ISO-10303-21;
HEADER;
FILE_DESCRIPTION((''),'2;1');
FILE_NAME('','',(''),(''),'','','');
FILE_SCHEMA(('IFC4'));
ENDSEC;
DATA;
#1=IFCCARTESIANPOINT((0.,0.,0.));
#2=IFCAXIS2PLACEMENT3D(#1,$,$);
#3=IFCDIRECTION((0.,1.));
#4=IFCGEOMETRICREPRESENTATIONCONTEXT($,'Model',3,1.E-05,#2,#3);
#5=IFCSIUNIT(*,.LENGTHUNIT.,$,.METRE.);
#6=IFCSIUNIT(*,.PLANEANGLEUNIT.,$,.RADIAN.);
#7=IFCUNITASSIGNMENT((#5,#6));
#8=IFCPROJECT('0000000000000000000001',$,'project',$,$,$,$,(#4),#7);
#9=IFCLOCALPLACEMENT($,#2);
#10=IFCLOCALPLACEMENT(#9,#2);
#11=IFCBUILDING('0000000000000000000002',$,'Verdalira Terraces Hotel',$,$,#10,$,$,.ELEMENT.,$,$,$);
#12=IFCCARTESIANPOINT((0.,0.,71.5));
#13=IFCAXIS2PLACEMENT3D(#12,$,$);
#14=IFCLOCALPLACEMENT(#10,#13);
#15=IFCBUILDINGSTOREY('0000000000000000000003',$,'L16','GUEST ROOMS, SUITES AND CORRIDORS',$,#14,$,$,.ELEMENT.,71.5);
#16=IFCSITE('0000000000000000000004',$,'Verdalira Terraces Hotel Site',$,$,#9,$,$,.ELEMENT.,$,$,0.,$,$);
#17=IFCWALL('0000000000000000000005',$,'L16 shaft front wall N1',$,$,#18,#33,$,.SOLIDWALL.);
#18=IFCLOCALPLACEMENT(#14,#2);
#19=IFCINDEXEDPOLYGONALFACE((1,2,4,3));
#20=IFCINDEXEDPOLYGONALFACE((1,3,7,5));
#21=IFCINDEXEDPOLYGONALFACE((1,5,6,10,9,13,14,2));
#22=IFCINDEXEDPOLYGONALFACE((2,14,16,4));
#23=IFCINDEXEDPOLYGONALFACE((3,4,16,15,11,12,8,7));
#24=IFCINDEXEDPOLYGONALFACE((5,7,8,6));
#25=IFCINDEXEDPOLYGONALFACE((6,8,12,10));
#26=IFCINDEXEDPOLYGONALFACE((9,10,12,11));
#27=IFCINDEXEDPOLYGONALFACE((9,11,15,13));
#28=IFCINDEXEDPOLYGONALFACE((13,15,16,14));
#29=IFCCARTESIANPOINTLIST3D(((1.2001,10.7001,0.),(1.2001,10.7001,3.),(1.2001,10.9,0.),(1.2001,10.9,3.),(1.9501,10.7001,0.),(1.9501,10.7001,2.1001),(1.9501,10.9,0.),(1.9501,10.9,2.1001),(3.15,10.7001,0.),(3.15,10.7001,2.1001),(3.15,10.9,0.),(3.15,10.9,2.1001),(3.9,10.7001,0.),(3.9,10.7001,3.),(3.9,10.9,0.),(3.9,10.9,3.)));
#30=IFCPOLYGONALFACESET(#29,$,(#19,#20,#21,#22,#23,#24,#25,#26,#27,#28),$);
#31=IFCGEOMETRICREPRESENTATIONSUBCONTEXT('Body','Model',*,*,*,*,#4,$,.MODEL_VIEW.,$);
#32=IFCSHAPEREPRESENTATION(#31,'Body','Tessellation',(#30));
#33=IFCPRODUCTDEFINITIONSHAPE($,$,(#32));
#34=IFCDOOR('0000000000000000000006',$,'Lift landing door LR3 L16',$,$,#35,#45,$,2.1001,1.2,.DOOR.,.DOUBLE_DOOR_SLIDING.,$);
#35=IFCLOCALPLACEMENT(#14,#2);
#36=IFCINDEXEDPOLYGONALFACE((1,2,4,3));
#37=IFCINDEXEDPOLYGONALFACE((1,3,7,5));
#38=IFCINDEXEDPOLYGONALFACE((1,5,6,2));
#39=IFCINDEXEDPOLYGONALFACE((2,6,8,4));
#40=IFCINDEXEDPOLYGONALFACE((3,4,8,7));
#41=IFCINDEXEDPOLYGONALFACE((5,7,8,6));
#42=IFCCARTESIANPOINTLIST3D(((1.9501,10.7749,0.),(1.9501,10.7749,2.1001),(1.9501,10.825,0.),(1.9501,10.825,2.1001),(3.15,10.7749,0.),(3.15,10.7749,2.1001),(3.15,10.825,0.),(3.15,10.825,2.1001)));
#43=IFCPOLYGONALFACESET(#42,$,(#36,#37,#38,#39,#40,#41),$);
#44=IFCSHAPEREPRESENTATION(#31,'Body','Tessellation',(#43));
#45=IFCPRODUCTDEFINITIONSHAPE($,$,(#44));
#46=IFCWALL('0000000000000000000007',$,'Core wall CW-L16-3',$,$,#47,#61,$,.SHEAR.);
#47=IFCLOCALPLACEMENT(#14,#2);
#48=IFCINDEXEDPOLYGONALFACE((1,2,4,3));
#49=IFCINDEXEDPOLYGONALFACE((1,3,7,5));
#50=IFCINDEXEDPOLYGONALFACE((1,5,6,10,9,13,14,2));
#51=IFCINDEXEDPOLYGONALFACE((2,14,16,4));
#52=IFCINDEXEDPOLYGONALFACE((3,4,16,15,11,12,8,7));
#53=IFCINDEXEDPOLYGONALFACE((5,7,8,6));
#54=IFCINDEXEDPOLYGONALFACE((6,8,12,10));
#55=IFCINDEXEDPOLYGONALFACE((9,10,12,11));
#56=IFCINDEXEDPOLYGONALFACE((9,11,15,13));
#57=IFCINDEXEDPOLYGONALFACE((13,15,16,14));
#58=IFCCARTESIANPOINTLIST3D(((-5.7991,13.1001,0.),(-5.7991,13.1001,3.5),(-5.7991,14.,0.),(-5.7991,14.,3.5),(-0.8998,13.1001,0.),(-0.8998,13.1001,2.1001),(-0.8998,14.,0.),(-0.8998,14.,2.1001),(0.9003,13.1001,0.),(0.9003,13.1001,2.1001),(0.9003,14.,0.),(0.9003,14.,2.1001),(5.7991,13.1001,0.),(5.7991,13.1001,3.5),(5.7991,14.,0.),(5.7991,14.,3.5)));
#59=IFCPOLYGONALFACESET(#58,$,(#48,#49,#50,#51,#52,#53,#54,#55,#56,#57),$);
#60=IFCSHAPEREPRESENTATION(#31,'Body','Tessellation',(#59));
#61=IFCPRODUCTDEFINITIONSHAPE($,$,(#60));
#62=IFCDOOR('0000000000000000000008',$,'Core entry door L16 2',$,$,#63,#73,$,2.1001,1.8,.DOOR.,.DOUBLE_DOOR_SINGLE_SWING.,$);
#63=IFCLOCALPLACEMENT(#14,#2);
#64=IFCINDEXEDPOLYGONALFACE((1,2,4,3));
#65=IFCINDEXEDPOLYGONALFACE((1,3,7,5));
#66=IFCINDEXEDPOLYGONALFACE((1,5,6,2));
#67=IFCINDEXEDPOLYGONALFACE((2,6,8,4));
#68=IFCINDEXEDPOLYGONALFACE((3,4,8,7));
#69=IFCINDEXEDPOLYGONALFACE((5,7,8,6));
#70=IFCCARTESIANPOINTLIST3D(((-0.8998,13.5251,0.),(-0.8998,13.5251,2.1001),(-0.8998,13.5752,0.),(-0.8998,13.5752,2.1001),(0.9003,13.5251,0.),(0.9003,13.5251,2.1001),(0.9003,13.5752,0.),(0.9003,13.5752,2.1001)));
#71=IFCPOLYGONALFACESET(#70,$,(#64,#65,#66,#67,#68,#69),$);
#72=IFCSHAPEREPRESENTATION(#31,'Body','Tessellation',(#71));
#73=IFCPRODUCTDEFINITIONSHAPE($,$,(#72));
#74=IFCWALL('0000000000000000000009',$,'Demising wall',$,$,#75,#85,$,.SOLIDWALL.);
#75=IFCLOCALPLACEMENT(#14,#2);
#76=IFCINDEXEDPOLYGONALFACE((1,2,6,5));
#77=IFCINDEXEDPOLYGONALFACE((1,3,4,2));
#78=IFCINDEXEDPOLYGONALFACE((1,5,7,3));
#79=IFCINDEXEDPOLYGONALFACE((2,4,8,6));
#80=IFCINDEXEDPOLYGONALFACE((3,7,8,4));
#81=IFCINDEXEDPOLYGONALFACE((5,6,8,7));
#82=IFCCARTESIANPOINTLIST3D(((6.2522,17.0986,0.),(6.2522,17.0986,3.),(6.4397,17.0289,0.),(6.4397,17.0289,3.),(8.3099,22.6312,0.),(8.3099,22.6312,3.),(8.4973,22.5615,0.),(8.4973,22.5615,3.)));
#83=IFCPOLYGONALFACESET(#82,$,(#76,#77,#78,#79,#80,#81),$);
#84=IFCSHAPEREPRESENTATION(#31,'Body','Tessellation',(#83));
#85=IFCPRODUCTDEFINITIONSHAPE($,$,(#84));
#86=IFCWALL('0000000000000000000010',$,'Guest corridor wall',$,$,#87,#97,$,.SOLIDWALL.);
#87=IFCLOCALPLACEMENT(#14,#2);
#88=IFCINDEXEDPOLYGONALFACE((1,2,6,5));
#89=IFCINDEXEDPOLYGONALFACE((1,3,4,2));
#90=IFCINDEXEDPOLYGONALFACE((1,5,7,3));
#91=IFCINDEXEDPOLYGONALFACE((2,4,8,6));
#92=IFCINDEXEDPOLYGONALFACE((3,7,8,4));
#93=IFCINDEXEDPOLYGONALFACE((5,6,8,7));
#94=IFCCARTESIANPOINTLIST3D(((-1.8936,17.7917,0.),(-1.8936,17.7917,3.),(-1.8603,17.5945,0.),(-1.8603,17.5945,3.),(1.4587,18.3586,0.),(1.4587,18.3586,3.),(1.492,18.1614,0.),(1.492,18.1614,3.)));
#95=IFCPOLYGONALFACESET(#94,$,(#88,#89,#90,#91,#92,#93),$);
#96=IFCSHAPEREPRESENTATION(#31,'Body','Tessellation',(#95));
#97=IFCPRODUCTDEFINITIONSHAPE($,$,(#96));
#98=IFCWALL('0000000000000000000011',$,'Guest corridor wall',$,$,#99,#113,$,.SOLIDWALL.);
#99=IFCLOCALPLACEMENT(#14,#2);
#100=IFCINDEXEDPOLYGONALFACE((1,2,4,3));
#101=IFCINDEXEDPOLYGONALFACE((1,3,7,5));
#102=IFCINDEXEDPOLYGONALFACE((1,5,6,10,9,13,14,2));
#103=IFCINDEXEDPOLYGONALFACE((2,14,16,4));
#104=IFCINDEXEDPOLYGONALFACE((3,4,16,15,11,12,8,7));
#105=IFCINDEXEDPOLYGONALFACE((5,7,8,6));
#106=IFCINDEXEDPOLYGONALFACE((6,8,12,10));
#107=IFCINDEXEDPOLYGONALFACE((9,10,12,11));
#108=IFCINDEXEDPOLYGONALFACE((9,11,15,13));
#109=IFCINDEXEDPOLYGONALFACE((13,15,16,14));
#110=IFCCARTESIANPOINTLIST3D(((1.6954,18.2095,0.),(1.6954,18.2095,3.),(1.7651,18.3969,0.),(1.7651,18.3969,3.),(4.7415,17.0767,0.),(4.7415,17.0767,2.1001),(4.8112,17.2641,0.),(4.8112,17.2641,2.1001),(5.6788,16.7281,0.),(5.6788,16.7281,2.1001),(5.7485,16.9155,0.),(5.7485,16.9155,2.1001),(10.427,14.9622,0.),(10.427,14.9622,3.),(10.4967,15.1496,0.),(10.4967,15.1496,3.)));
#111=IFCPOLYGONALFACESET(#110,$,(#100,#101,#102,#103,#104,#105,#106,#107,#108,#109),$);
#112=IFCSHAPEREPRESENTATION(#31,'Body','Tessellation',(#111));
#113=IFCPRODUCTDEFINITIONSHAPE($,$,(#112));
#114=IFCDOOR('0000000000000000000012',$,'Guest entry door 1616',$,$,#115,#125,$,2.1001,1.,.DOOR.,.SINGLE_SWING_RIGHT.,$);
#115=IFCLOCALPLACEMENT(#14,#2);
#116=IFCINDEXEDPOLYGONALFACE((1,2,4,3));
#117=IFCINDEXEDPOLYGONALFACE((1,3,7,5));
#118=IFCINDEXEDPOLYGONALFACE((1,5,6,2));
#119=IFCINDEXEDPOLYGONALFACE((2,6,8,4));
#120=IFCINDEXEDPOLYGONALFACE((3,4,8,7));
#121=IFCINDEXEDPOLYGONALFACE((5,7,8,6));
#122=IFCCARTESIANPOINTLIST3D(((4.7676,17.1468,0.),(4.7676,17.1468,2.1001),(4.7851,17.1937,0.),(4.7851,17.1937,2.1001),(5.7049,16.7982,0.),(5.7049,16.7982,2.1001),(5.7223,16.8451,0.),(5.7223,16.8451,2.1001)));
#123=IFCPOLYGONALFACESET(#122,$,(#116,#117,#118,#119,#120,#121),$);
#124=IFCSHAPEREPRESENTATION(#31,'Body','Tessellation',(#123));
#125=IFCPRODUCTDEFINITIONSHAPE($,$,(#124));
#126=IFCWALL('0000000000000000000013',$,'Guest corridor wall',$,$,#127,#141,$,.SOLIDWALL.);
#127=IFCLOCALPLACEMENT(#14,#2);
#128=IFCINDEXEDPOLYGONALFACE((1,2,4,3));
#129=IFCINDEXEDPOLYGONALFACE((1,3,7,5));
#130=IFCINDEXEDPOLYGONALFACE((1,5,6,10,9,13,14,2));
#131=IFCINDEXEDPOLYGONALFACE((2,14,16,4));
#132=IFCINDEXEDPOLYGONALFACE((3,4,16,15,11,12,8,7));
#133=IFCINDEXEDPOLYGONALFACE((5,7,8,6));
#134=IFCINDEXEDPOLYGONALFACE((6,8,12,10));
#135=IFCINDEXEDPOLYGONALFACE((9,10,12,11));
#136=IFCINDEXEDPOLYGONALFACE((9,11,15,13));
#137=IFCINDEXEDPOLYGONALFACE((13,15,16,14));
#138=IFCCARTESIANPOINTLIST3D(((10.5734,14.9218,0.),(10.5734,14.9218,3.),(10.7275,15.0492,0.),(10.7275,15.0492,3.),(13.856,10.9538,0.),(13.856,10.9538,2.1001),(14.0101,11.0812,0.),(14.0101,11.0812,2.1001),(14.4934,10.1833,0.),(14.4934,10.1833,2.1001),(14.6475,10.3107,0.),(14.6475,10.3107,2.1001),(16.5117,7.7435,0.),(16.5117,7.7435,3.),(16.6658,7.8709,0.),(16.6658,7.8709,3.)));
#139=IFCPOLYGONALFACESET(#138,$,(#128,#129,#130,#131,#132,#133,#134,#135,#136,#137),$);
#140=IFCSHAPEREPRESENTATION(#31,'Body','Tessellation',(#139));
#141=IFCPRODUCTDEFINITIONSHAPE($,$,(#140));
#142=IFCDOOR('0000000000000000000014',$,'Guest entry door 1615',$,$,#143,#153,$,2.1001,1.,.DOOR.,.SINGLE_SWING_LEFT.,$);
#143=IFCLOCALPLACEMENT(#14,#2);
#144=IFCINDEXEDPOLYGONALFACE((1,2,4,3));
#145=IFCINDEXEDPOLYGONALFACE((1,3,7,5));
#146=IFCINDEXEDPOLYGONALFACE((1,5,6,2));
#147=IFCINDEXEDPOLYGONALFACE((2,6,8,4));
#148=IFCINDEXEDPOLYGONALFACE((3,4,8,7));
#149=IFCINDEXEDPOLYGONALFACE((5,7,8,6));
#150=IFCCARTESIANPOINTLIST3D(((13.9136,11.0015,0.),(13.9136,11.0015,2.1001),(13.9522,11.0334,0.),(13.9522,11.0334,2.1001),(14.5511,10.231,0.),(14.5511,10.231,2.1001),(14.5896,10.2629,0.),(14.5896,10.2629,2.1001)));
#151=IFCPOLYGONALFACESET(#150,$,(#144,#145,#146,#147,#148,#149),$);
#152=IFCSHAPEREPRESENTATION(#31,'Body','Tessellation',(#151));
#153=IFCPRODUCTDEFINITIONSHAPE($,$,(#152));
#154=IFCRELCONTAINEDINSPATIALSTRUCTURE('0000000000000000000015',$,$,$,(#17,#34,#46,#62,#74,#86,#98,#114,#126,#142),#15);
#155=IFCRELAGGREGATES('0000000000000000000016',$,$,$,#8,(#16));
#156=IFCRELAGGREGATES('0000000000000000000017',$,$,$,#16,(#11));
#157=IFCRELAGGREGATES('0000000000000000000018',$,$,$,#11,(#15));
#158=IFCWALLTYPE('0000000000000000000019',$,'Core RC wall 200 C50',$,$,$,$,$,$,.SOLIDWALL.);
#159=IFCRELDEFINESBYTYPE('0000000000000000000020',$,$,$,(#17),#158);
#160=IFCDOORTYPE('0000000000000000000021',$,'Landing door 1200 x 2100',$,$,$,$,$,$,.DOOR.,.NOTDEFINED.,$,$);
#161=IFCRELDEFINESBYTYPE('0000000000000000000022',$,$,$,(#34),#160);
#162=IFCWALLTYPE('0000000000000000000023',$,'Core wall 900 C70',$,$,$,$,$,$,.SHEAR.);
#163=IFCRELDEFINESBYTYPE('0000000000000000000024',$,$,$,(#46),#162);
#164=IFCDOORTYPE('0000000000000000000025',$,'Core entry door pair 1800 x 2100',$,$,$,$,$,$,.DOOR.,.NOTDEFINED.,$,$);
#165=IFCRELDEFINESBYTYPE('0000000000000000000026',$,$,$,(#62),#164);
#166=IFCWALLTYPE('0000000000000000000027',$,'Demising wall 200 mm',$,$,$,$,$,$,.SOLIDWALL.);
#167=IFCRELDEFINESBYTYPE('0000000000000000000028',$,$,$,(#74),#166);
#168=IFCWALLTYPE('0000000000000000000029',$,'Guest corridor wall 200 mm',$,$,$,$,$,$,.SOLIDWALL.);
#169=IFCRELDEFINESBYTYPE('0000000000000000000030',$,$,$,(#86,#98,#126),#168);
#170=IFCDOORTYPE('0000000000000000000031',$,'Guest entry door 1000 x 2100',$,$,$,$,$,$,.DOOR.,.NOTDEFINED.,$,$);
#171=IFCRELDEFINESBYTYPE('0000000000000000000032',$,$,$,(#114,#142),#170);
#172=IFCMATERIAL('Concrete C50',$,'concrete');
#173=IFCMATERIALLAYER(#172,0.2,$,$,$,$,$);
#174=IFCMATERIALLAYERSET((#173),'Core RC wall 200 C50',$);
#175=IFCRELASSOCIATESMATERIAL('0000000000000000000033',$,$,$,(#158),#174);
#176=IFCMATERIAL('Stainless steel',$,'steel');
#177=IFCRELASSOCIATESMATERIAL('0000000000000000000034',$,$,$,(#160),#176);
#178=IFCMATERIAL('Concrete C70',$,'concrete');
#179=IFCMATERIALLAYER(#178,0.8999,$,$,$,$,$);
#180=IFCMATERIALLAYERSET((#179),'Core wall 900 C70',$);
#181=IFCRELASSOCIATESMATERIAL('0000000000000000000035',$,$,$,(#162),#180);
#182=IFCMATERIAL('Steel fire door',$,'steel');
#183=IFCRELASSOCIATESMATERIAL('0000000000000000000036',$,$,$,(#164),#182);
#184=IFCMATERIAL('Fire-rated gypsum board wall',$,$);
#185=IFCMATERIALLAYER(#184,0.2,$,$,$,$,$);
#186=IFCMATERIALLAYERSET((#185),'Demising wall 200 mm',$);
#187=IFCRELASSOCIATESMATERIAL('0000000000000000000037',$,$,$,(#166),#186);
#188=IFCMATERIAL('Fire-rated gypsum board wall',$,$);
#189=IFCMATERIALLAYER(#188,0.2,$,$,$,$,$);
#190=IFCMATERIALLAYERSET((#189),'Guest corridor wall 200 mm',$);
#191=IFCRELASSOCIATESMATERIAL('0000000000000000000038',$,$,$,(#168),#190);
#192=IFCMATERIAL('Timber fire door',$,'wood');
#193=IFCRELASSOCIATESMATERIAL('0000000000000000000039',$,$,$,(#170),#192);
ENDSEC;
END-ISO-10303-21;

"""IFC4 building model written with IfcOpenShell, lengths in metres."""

from ifc_helpers import new_model, si_unit, direction, frame, frame_2d, origin, place, context, subcontext, project, spatial, rectangle, extrude, material, layer, layer_set, type_object, element, fill, save


model = new_model("IFC4")

# Units and contexts
model_context = context("Model", 3, precision=1e-05, world=origin(), true_north=direction((0.0, 1.0)))
body_context = subcontext(model_context, "Body", "Model", "MODEL_VIEW")
ifc_project = project(units=[si_unit("LENGTHUNIT", "METRE"), si_unit("PLANEANGLEUNIT", "RADIAN")], contexts=[model_context])

# Site, building, storey
site_placement = place(None, origin())
site = spatial("IfcSite", under=ifc_project, at=site_placement, Name="Verdalira Terraces Hotel Site", CompositionType="ELEMENT", RefElevation=0.0)
building_placement = place(site_placement, origin())
building = spatial("IfcBuilding", under=site, at=building_placement, Name="Verdalira Terraces Hotel", CompositionType="ELEMENT")
storey_placement = place(building_placement, frame((0.0, 0.0, 71.5)))
storey = spatial("IfcBuildingStorey", under=building, at=storey_placement, Name="L16", Description="GUEST ROOMS, SUITES AND CORRIDORS", CompositionType="ELEMENT", Elevation=71.5)

# Walls, openings, doors
ifc_material_1 = material(Name="Concrete C50", Category="concrete")
ifc_layer_1 = layer(ifc_material_1, 0.2)
ifc_layer_set_1 = layer_set([ifc_layer_1], Name="Core RC wall 200 C50")
wall_type_1 = type_object("IfcWallType", Name="Core RC wall 200 C50", PredefinedType="SOLIDWALL", material=ifc_layer_set_1)
wall_1_placement = place(storey_placement, frame((1.2, 10.8, 0.0), z_axis=(0.0, 0.0, 1.0), x_axis=(1.0, 0.0, 0.0)))
wall_1 = element("IfcWall", 1, at=wall_1_placement, inside=storey, type_object=wall_type_1, Name="L16 shaft front wall N1", PredefinedType="SOLIDWALL", context=body_context, shape_type="SweptSolid", body=[
    extrude(rectangle(XDim=2.7, YDim=0.2, at=frame_2d((1.3501, 0.0))), origin(), (0.0, 0.0, 1.0), 3.0),
])
opening_1_placement = place(wall_1_placement, frame((0.75, 0.0, 0.0)))
opening_1 = element("IfcOpeningElement", 2, at=opening_1_placement, cuts=wall_1, PredefinedType="OPENING", context=body_context, shape_type="SweptSolid", body=[
    extrude(rectangle(XDim=1.2, YDim=2.1001, at=frame_2d((0.6001, 1.05))), frame((0.0, 0.1099, 0.0), z_axis=(0.0, -1.0, 0.0), x_axis=(1.0, 0.0, 0.0)), (0.0, 0.0, 1.0), 0.22),
])
ifc_material_2 = material(Name="Stainless steel", Category="steel")
door_type_1 = type_object("IfcDoorType", Name="Landing door 1200 x 2100", OperationType="NOTDEFINED", PredefinedType="DOOR", material=ifc_material_2)
door_1_placement = place(opening_1_placement, origin())
door_1 = element("IfcDoor", 3, at=door_1_placement, inside=storey, type_object=door_type_1, Name="Lift landing door LR3 L16", OperationType="DOUBLE_DOOR_SLIDING", OverallHeight=2.1001, OverallWidth=1.2, PredefinedType="DOOR", context=body_context, shape_type="SweptSolid", body=[
    extrude(rectangle(XDim=1.2, YDim=2.1001, at=frame_2d((0.6001, 1.05))), frame((0.0, 0.0249, 0.0), z_axis=(0.0, -1.0, 0.0), x_axis=(1.0, 0.0, 0.0)), (0.0, 0.0, 1.0), 0.05),
])
fill(opening_1, door_1)
ifc_material_3 = material(Name="Concrete C70", Category="concrete")
ifc_layer_2 = layer(ifc_material_3, 0.8999)
ifc_layer_set_2 = layer_set([ifc_layer_2], Name="Core wall 900 C70")
wall_type_2 = type_object("IfcWallType", Name="Core wall 900 C70", PredefinedType="SHEAR", material=ifc_layer_set_2)
wall_2_placement = place(storey_placement, frame((5.7991, 13.55, 0.0), z_axis=(0.0, 0.0, 1.0), x_axis=(-1.0, 0.0, 0.0)))
wall_2 = element("IfcWall", 4, at=wall_2_placement, inside=storey, type_object=wall_type_2, Name="Core wall CW-L16-3", PredefinedType="SHEAR", context=body_context, shape_type="SweptSolid", body=[
    extrude(rectangle(XDim=11.5981, YDim=0.8999, at=frame_2d((5.7991, 0.0))), origin(), (0.0, 0.0, 1.0), 3.5),
])
opening_2_placement = place(wall_2_placement, frame((4.8989, 0.0, 0.0)))
opening_2 = element("IfcOpeningElement", 5, at=opening_2_placement, cuts=wall_2, PredefinedType="OPENING", context=body_context, shape_type="SweptSolid", body=[
    extrude(rectangle(XDim=1.8, YDim=2.1001, at=frame_2d((0.8999, 1.05))), frame((0.0, 0.46, 0.0), z_axis=(0.0, -1.0, 0.0), x_axis=(1.0, 0.0, 0.0)), (0.0, 0.0, 1.0), 0.9199),
])
ifc_material_4 = material(Name="Steel fire door", Category="steel")
door_type_2 = type_object("IfcDoorType", Name="Core entry door pair 1800 x 2100", OperationType="NOTDEFINED", PredefinedType="DOOR", material=ifc_material_4)
door_2_placement = place(opening_2_placement, origin())
door_2 = element("IfcDoor", 6, at=door_2_placement, inside=storey, type_object=door_type_2, Name="Core entry door L16 2", OperationType="DOUBLE_DOOR_SINGLE_SWING", OverallHeight=2.1001, OverallWidth=1.8, PredefinedType="DOOR", context=body_context, shape_type="SweptSolid", body=[
    extrude(rectangle(XDim=1.8, YDim=2.1001, at=frame_2d((0.8999, 1.05))), frame((0.0, 0.0249, 0.0), z_axis=(0.0, -1.0, 0.0), x_axis=(1.0, 0.0, 0.0)), (0.0, 0.0, 1.0), 0.05),
])
fill(opening_2, door_2)

# Walls
ifc_material_5 = material(Name="Fire-rated gypsum board wall")
ifc_layer_3 = layer(ifc_material_5, 0.2)
ifc_layer_set_3 = layer_set([ifc_layer_3], Name="Demising wall 200 mm")
wall_type_3 = type_object("IfcWallType", Name="Demising wall 200 mm", PredefinedType="SOLIDWALL", material=ifc_layer_set_3)
wall_3_placement = place(storey_placement, frame((6.3459, 17.0637, 0.0), z_axis=(0.0, 0.0, 1.0), x_axis=(0.348588, 0.937276, 0.0)))
element("IfcWall", 7, at=wall_3_placement, inside=storey, type_object=wall_type_3, Name="Demising wall", PredefinedType="SOLIDWALL", context=body_context, shape_type="SweptSolid", body=[
    extrude(rectangle(XDim=5.9028, YDim=0.2, at=frame_2d((2.9514, 0.0))), origin(), (0.0, 0.0, 1.0), 3.0),
])
ifc_material_6 = material(Name="Fire-rated gypsum board wall")
ifc_layer_4 = layer(ifc_material_6, 0.2)
ifc_layer_set_4 = layer_set([ifc_layer_4], Name="Guest corridor wall 200 mm")
wall_type_4 = type_object("IfcWallType", Name="Guest corridor wall 200 mm", PredefinedType="SOLIDWALL", material=ifc_layer_set_4)
wall_4_placement = place(storey_placement, frame((1.4753, 18.26, 0.0), z_axis=(0.0, 0.0, 1.0), x_axis=(-0.986001, -0.166739, 0.0)))
element("IfcWall", 8, at=wall_4_placement, inside=storey, type_object=wall_type_4, Name="Guest corridor wall", PredefinedType="SOLIDWALL", context=body_context, shape_type="SweptSolid", body=[
    extrude(rectangle(XDim=3.3999, YDim=0.2, at=frame_2d((1.7, 0.0))), origin(), (0.0, 0.0, 1.0), 3.0),
])

# Walls, openings, doors
wall_5_placement = place(storey_placement, frame((1.7302, 18.3032, 0.0), z_axis=(0.0, 0.0, 1.0), x_axis=(0.937281, -0.348575, 0.0)))
wall_5 = element("IfcWall", 9, at=wall_5_placement, inside=storey, type_object=wall_type_4, Name="Guest corridor wall", PredefinedType="SOLIDWALL", context=body_context, shape_type="SweptSolid", body=[
    extrude(rectangle(XDim=9.3159, YDim=0.2, at=frame_2d((4.658, 0.0))), origin(), (0.0, 0.0, 1.0), 3.0),
])
opening_3_placement = place(wall_5_placement, frame((3.25, 0.0, 0.0)))
opening_3 = element("IfcOpeningElement", 10, at=opening_3_placement, cuts=wall_5, PredefinedType="OPENING", context=body_context, shape_type="SweptSolid", body=[
    extrude(rectangle(XDim=1.0, YDim=2.1001, at=frame_2d((0.5, 1.05))), frame((0.0, 0.1099, 0.0), z_axis=(0.0, -1.0, 0.0), x_axis=(1.0, 0.0, 0.0)), (0.0, 0.0, 1.0), 0.22),
])
ifc_material_7 = material(Name="Timber fire door", Category="wood")
door_type_3 = type_object("IfcDoorType", Name="Guest entry door 1000 x 2100", OperationType="NOTDEFINED", PredefinedType="DOOR", material=ifc_material_7)
door_3_placement = place(opening_3_placement, origin())
door_3 = element("IfcDoor", 11, at=door_3_placement, inside=storey, type_object=door_type_3, Name="Guest entry door 1616", OperationType="SINGLE_SWING_RIGHT", OverallHeight=2.1001, OverallWidth=1.0, PredefinedType="DOOR", context=body_context, shape_type="SweptSolid", body=[
    extrude(rectangle(XDim=1.0, YDim=2.1001, at=frame_2d((0.5, 1.05))), frame((0.0, 0.0249, 0.0), z_axis=(0.0, -1.0, 0.0), x_axis=(1.0, 0.0, 0.0)), (0.0, 0.0, 1.0), 0.05),
])
fill(opening_3, door_3)
wall_6_placement = place(storey_placement, frame((10.6504, 14.9856, 0.0), z_axis=(0.0, 0.0, 1.0), x_axis=(0.637417, -0.770519, 0.0)))
wall_6 = element("IfcWall", 12, at=wall_6_placement, inside=storey, type_object=wall_type_4, Name="Guest corridor wall", PredefinedType="SOLIDWALL", context=body_context, shape_type="SweptSolid", body=[
    extrude(rectangle(XDim=9.3162, YDim=0.2, at=frame_2d((4.6582, 0.0))), origin(), (0.0, 0.0, 1.0), 3.0),
])
opening_4_placement = place(wall_6_placement, frame((5.1499, 0.0, 0.0)))
opening_4 = element("IfcOpeningElement", 13, at=opening_4_placement, cuts=wall_6, PredefinedType="OPENING", context=body_context, shape_type="SweptSolid", body=[
    extrude(rectangle(XDim=1.0, YDim=2.1001, at=frame_2d((0.5, 1.05))), frame((0.0, 0.1099, 0.0), z_axis=(0.0, -1.0, 0.0), x_axis=(1.0, 0.0, 0.0)), (0.0, 0.0, 1.0), 0.22),
])
door_4_placement = place(opening_4_placement, origin())
door_4 = element("IfcDoor", 14, at=door_4_placement, inside=storey, type_object=door_type_3, Name="Guest entry door 1615", OperationType="SINGLE_SWING_LEFT", OverallHeight=2.1001, OverallWidth=1.0, PredefinedType="DOOR", context=body_context, shape_type="SweptSolid", body=[
    extrude(rectangle(XDim=1.0, YDim=2.1001, at=frame_2d((0.5, 1.05))), frame((0.0, 0.0249, 0.0), z_axis=(0.0, -1.0, 0.0), x_axis=(1.0, 0.0, 0.0)), (0.0, 0.0, 1.0), 0.05),
])
fill(opening_4, door_4)

save(model, "model.ifc")
